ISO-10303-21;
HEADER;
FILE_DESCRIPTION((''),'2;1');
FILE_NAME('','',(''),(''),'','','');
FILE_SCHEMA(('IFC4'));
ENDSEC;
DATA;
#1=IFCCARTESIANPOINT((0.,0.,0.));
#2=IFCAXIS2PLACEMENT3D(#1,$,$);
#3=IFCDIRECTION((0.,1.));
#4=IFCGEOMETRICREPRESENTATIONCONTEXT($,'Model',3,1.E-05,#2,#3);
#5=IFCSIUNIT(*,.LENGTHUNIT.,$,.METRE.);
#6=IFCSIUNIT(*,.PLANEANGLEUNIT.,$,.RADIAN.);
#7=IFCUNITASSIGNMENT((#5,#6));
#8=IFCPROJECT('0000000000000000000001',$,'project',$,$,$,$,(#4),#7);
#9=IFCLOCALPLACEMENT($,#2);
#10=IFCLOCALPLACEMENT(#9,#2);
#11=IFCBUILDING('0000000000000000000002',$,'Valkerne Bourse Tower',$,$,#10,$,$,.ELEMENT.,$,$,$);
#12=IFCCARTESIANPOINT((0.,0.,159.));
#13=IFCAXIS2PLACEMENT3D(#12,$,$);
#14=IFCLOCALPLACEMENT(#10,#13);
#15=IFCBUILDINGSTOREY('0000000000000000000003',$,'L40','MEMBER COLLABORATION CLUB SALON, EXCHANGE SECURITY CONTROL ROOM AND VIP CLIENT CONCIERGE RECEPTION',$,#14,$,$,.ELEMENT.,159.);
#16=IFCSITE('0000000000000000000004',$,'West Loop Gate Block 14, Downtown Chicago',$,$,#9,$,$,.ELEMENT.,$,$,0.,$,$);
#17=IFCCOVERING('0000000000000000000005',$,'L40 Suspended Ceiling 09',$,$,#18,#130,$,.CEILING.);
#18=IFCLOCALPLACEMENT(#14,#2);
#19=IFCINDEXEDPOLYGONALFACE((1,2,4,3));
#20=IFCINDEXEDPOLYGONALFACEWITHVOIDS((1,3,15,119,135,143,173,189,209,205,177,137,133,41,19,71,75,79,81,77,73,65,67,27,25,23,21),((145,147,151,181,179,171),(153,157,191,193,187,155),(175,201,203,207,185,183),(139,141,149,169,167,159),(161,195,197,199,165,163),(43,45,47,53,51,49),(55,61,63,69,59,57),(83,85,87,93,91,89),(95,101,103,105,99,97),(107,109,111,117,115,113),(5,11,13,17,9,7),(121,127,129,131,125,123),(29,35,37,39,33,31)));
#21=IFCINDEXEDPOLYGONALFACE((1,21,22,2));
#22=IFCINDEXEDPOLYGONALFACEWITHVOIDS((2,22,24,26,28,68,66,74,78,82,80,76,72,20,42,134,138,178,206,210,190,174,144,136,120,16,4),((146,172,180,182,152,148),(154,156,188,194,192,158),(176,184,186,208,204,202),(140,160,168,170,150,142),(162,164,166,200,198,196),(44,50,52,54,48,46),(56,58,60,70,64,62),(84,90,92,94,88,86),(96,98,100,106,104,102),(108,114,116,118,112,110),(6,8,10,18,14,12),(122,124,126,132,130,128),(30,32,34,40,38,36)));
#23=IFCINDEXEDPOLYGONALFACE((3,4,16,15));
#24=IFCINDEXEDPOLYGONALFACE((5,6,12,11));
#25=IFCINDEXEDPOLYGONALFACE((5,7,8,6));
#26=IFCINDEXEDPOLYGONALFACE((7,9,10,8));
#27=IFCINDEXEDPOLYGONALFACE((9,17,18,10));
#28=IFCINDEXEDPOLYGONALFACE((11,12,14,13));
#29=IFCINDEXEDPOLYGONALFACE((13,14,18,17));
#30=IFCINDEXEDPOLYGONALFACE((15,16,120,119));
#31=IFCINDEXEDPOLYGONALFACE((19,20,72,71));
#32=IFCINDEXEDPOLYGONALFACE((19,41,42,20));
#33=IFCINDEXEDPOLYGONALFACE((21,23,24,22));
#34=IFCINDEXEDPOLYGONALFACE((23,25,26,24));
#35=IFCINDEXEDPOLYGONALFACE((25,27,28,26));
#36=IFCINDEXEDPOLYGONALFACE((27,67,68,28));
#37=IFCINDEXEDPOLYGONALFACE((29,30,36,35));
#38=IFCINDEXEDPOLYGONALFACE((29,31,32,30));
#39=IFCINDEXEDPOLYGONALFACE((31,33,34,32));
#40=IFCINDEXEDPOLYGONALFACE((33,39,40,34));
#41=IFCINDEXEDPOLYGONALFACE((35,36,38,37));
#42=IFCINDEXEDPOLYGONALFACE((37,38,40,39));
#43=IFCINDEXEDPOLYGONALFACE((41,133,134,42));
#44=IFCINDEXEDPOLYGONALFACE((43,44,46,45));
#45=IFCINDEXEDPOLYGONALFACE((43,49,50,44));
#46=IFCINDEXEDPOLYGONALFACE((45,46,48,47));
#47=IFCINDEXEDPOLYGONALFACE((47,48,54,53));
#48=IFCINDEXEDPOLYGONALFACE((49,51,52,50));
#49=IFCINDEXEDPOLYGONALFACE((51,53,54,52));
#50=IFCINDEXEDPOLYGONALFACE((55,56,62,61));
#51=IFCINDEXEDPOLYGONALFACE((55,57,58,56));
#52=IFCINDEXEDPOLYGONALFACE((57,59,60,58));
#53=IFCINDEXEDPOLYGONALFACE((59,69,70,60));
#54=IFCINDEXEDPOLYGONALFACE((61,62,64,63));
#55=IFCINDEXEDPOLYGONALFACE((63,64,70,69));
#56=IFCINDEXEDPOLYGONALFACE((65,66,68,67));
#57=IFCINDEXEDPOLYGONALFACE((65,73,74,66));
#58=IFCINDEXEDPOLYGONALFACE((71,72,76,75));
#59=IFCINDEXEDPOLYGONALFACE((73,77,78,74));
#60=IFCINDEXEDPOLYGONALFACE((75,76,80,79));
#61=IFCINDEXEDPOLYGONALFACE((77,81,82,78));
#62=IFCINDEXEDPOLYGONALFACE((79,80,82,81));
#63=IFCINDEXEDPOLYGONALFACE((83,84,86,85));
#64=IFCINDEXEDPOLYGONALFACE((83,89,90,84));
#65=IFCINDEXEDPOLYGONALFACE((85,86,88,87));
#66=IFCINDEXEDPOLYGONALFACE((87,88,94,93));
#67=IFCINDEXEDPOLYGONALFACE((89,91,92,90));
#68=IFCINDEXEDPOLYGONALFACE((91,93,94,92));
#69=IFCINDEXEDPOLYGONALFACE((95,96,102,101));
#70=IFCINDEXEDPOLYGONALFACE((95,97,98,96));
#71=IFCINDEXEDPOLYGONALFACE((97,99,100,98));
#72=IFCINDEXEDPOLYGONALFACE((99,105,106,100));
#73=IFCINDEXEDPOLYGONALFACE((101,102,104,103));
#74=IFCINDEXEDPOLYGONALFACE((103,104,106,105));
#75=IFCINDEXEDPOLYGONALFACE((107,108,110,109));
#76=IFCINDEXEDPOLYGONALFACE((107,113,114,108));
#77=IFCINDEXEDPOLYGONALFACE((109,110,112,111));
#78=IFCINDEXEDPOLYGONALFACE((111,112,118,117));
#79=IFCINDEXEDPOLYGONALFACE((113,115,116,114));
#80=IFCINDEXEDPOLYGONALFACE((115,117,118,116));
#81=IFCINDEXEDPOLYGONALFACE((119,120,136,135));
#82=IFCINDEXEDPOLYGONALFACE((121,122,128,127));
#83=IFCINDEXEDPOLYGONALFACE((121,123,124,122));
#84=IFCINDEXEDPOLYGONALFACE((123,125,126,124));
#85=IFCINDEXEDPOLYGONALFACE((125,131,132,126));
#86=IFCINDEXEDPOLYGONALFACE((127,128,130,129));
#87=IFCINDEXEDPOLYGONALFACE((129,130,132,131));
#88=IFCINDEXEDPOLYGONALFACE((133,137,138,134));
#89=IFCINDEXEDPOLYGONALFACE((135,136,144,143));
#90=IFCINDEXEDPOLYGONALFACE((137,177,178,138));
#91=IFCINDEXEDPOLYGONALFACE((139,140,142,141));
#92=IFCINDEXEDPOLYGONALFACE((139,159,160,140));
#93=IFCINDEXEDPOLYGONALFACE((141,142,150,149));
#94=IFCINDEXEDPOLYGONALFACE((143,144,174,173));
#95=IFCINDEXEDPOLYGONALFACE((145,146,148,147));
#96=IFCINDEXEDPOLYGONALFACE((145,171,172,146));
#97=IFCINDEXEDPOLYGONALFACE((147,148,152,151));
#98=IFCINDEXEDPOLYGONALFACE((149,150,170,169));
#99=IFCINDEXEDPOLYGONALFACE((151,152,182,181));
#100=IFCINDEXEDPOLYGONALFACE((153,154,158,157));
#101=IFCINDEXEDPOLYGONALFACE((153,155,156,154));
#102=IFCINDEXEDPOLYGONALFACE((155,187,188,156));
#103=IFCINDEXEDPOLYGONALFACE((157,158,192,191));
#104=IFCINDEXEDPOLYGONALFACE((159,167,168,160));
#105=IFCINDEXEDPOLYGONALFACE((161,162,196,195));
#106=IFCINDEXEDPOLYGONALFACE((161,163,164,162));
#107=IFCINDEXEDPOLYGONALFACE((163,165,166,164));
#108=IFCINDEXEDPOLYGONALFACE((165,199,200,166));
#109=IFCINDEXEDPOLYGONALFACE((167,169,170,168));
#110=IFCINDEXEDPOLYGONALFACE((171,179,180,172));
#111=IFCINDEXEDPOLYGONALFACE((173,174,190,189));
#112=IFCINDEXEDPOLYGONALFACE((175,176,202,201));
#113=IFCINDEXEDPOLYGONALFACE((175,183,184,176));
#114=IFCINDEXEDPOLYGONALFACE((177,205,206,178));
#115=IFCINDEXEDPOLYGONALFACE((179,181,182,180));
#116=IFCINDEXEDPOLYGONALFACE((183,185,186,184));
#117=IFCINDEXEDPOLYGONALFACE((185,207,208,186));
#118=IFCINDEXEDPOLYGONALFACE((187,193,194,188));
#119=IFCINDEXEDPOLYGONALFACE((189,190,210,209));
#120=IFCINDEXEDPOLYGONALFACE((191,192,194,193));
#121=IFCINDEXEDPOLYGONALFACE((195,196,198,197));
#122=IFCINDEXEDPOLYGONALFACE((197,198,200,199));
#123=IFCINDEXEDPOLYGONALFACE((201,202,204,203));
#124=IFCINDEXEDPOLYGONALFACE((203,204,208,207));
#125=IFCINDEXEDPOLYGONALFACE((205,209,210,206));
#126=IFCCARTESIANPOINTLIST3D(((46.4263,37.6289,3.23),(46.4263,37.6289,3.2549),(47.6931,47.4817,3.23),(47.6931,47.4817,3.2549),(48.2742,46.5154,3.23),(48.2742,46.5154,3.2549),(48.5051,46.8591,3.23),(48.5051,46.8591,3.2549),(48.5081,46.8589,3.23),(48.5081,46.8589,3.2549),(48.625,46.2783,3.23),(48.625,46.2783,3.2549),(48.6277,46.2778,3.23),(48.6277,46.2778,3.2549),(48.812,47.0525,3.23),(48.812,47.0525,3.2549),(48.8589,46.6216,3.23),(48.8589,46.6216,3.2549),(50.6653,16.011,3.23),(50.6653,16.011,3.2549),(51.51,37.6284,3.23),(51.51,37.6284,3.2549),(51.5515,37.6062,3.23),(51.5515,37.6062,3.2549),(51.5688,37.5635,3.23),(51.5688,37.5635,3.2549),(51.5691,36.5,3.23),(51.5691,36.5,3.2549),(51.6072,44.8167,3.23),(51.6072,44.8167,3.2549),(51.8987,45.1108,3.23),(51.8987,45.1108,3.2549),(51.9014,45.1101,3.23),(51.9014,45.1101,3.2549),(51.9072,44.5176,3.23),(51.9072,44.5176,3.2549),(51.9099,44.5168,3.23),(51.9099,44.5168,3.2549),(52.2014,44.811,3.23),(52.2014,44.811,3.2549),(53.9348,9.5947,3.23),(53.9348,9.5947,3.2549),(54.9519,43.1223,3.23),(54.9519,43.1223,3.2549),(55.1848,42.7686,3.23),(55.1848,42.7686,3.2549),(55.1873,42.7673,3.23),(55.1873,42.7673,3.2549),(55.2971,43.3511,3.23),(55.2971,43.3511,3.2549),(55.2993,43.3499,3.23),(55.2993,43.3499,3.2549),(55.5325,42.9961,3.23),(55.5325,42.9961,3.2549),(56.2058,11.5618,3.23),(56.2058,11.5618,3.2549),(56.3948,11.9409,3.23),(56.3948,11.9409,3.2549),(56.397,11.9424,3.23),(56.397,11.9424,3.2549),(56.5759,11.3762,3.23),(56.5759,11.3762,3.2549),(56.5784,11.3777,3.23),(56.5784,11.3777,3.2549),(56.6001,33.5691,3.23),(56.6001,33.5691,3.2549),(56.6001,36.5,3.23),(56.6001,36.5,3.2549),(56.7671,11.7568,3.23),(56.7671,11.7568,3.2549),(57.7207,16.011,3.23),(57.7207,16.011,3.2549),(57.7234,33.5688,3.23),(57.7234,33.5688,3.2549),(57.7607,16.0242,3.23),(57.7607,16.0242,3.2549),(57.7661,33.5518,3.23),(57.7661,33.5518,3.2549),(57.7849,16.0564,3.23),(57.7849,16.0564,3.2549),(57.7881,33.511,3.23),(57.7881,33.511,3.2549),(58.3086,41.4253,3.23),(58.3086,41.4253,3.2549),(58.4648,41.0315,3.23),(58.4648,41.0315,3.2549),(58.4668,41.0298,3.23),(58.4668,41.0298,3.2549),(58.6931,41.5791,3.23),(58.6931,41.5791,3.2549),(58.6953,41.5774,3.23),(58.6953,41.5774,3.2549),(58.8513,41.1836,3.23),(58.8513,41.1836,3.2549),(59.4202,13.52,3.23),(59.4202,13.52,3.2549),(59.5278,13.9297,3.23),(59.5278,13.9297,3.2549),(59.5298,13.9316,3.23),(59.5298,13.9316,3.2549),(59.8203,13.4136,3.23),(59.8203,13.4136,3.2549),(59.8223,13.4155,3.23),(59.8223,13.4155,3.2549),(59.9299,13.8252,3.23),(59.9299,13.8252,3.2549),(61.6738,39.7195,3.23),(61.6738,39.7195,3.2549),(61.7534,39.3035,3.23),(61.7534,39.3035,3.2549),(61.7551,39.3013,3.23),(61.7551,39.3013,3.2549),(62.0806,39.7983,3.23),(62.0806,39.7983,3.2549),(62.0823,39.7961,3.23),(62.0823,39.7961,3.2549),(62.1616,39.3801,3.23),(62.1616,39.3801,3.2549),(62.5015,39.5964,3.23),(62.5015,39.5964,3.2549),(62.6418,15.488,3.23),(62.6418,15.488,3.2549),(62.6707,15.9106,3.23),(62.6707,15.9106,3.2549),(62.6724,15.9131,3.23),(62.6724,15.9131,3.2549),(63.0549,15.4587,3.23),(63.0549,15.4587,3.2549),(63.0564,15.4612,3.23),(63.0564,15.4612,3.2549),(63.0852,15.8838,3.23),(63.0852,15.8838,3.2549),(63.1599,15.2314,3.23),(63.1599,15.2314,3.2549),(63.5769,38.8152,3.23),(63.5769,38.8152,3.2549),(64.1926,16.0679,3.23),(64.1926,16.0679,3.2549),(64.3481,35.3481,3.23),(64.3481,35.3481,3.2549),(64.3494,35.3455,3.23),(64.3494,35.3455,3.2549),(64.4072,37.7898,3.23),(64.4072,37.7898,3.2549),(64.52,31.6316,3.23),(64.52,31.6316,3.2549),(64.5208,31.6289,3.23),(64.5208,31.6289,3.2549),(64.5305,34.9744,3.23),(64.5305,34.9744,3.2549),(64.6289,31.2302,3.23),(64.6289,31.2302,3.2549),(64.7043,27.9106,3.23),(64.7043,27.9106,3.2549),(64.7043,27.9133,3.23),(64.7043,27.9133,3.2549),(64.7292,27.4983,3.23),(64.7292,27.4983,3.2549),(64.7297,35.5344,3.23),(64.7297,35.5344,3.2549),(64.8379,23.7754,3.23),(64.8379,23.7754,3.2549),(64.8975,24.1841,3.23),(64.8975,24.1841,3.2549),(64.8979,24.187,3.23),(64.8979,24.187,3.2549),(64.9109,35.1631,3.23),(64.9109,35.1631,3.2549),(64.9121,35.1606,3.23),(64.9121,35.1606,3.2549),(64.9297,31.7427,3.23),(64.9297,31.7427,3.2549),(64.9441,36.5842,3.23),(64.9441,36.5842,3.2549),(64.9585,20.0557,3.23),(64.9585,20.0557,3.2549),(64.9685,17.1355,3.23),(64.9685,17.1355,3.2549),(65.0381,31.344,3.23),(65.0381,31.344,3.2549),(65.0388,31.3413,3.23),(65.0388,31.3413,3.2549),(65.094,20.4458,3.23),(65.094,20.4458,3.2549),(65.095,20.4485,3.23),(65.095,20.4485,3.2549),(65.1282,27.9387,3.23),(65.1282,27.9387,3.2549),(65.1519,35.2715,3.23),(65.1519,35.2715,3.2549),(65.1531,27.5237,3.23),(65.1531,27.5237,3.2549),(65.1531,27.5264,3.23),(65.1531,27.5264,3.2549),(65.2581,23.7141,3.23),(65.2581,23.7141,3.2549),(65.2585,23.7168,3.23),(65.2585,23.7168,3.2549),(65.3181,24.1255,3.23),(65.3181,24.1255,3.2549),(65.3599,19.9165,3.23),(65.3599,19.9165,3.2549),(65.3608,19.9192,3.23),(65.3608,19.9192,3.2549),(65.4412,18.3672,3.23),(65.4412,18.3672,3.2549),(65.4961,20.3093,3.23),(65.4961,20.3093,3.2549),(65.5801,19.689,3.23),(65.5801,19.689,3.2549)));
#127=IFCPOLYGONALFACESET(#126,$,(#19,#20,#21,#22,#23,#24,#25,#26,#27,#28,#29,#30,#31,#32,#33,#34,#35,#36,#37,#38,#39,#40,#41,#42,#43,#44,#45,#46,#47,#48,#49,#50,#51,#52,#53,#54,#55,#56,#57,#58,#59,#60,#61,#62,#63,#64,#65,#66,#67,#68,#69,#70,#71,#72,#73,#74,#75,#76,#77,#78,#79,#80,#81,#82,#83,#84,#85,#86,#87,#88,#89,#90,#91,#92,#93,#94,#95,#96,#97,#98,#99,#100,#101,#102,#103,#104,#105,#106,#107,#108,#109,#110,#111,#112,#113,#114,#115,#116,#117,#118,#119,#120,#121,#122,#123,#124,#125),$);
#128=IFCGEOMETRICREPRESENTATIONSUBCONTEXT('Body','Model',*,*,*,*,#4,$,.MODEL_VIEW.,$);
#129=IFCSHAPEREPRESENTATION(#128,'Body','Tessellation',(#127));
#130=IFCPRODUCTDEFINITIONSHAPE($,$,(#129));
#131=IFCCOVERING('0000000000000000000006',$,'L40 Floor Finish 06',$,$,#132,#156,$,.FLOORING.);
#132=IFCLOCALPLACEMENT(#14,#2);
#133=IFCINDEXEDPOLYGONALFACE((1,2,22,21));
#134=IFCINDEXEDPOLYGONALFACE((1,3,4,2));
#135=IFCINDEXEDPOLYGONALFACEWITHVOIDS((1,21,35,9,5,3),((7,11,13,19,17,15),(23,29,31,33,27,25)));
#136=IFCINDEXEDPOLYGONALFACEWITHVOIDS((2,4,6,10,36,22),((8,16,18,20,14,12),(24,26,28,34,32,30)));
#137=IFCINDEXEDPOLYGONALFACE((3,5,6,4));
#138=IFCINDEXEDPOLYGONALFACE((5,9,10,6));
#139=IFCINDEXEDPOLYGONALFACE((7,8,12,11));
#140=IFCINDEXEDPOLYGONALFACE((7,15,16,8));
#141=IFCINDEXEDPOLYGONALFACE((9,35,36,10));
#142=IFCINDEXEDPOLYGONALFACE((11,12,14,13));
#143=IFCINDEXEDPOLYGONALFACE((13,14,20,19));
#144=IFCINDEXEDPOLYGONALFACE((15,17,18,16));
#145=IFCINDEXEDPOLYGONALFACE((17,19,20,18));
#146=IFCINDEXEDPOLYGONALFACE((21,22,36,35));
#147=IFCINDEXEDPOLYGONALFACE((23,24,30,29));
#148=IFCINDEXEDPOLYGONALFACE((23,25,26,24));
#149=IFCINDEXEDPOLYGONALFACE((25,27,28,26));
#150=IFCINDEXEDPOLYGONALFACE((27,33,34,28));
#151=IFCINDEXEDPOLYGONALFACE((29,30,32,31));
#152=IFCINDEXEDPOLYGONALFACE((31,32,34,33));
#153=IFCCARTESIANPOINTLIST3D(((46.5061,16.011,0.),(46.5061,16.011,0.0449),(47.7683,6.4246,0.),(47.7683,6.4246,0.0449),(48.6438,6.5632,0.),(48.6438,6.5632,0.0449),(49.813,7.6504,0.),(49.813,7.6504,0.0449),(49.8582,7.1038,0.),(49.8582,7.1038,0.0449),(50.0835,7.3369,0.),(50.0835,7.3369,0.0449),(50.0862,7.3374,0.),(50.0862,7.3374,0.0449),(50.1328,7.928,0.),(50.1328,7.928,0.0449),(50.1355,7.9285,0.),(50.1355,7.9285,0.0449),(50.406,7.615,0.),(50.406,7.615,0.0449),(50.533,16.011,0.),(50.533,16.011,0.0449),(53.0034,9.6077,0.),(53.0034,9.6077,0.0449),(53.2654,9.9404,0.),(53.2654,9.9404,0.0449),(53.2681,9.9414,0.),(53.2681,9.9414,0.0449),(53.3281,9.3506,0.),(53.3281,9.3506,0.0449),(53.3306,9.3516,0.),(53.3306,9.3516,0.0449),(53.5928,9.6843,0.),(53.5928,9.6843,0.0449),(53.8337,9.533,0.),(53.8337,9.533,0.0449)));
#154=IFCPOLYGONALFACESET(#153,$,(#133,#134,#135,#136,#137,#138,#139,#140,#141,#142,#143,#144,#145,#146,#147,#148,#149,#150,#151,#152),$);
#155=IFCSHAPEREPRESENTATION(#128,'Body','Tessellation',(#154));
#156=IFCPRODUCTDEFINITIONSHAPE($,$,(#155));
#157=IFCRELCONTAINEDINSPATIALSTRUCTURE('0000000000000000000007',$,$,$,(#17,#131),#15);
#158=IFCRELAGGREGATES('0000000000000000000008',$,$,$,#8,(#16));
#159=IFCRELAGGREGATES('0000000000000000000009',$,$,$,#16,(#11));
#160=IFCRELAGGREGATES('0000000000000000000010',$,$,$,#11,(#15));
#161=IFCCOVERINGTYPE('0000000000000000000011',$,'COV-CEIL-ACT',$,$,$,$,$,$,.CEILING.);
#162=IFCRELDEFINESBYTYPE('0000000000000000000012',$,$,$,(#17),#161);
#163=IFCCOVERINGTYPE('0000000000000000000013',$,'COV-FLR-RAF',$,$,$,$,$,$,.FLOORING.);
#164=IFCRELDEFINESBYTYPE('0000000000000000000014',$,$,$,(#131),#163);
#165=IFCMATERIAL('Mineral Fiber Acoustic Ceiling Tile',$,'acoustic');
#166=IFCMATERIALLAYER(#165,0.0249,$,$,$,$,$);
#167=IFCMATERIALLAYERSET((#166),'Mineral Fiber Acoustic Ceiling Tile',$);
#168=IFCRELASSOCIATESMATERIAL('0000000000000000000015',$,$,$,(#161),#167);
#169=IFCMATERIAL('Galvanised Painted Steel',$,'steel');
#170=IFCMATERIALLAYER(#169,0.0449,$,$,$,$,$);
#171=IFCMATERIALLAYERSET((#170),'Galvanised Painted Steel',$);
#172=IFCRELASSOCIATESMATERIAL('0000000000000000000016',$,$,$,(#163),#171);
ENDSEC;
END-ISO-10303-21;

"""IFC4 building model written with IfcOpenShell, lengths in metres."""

from ifc_helpers import new_model, si_unit, direction, frame, origin, place, context, subcontext, project, spatial, polyline, outline, extrude, material, layer, layer_set, type_object, element, save


model = new_model("IFC4")

# Units and contexts
model_context = context("Model", 3, precision=1e-05, world=origin(), true_north=direction((0.0, 1.0)))
body_context = subcontext(model_context, "Body", "Model", "MODEL_VIEW")
ifc_project = project(units=[si_unit("LENGTHUNIT", "METRE"), si_unit("PLANEANGLEUNIT", "RADIAN")], contexts=[model_context])

# Site, building, storey
site_placement = place(None, origin())
site = spatial("IfcSite", under=ifc_project, at=site_placement, Name="West Loop Gate Block 14, Downtown Chicago", CompositionType="ELEMENT", RefElevation=0.0)
building_placement = place(site_placement, origin())
building = spatial("IfcBuilding", under=site, at=building_placement, Name="Valkerne Bourse Tower", CompositionType="ELEMENT")
storey_placement = place(building_placement, frame((0.0, 0.0, 159.0)))
storey = spatial("IfcBuildingStorey", under=building, at=storey_placement, Name="L40", Description="MEMBER COLLABORATION CLUB SALON, EXCHANGE SECURITY CONTROL ROOM AND VIP CLIENT CONCIERGE RECEPTION", CompositionType="ELEMENT", Elevation=159.0)

# Coverings
ifc_material_1 = material(Name="Mineral Fiber Acoustic Ceiling Tile", Category="acoustic")
ifc_layer_1 = layer(ifc_material_1, 0.0249)
ifc_layer_set_1 = layer_set([ifc_layer_1], Name="Mineral Fiber Acoustic Ceiling Tile")
covering_type_1 = type_object("IfcCoveringType", Name="COV-CEIL-ACT", PredefinedType="CEILING", material=ifc_layer_set_1)
covering_1_placement = place(storey_placement, frame((0.0, 0.0, 3.23)))
element("IfcCovering", 1, at=covering_1_placement, inside=storey, type_object=covering_type_1, Name="L40 Suspended Ceiling 09", PredefinedType="CEILING", context=body_context, shape_type="SweptSolid", body=[
    extrude(outline(polyline([(64.1926, 16.0679), (63.1599, 15.2314), (53.9348, 9.5947), (50.6653, 16.011), (57.7207, 16.011), (57.7607, 16.0242), (57.7849, 16.0564), (57.7881, 33.511), (57.7661, 33.5518), (57.7234, 33.5688), (56.6001, 33.5691), (56.6001, 36.5), (51.5691, 36.5), (51.5688, 37.5635), (51.5515, 37.6062), (51.51, 37.6284), (46.4263, 37.6289), (47.6931, 47.4817), (48.812, 47.0525), (62.5015, 39.5964), (63.5769, 38.8152), (64.4072, 37.7898), (64.9441, 36.5842), (65.1519, 35.2715), (65.5801, 19.689), (65.4412, 18.3672), (64.9685, 17.1355), (64.1926, 16.0679)]), holes=[polyline([(51.9014, 45.1101), (51.8987, 45.1108), (51.6072, 44.8167), (51.9072, 44.5176), (51.9099, 44.5168), (52.2014, 44.811), (51.9014, 45.1101)]), polyline([(48.5081, 46.8589), (48.5051, 46.8591), (48.2742, 46.5154), (48.625, 46.2783), (48.6277, 46.2778), (48.8589, 46.6216), (48.5081, 46.8589)]), polyline([(56.5784, 11.3777), (56.7671, 11.7568), (56.397, 11.9424), (56.3948, 11.9409), (56.2058, 11.5618), (56.5759, 11.3762), (56.5784, 11.3777)]), polyline([(59.8223, 13.4155), (59.9299, 13.8252), (59.5298, 13.9316), (59.5278, 13.9297), (59.4202, 13.52), (59.8203, 13.4136), (59.8223, 13.4155)]), polyline([(63.0852, 15.8838), (62.6724, 15.9131), (62.6707, 15.9106), (62.6418, 15.488), (63.0549, 15.4587), (63.0564, 15.4612), (63.0852, 15.8838)]), polyline([(65.4961, 20.3093), (65.095, 20.4485), (65.094, 20.4458), (64.9585, 20.0557), (65.3599, 19.9165), (65.3608, 19.9192), (65.4961, 20.3093)]), polyline([(65.3181, 24.1255), (64.8979, 24.187), (64.8975, 24.1841), (64.8379, 23.7754), (65.2581, 23.7141), (65.2585, 23.7168), (65.3181, 24.1255)]), polyline([(65.1531, 27.5237), (65.1531, 27.5264), (65.1282, 27.9387), (64.7043, 27.9133), (64.7043, 27.9106), (64.7292, 27.4983), (65.1531, 27.5237)]), polyline([(65.0388, 31.3413), (65.0381, 31.344), (64.9297, 31.7427), (64.52, 31.6316), (64.5208, 31.6289), (64.6289, 31.2302), (65.0388, 31.3413)]), polyline([(64.9121, 35.1606), (64.9109, 35.1631), (64.7297, 35.5344), (64.3481, 35.3481), (64.3494, 35.3455), (64.5305, 34.9744), (64.9121, 35.1606)]), polyline([(62.1616, 39.3801), (62.0823, 39.7961), (62.0806, 39.7983), (61.6738, 39.7195), (61.7534, 39.3035), (61.7551, 39.3013), (62.1616, 39.3801)]), polyline([(58.6953, 41.5774), (58.6931, 41.5791), (58.3086, 41.4253), (58.4648, 41.0315), (58.4668, 41.0298), (58.8513, 41.1836), (58.6953, 41.5774)]), polyline([(55.5325, 42.9961), (55.2993, 43.3499), (55.2971, 43.3511), (54.9519, 43.1223), (55.1848, 42.7686), (55.1873, 42.7673), (55.5325, 42.9961)])]), origin(), (0.0, 0.0, 1.0), 0.0249),
])
ifc_material_2 = material(Name="Galvanised Painted Steel", Category="steel")
ifc_layer_2 = layer(ifc_material_2, 0.0449)
ifc_layer_set_2 = layer_set([ifc_layer_2], Name="Galvanised Painted Steel")
covering_type_2 = type_object("IfcCoveringType", Name="COV-FLR-RAF", PredefinedType="FLOORING", material=ifc_layer_set_2)
covering_2_placement = place(storey_placement, origin())
element("IfcCovering", 2, at=covering_2_placement, inside=storey, type_object=covering_type_2, Name="L40 Floor Finish 06", PredefinedType="FLOORING", context=body_context, shape_type="SweptSolid", body=[
    extrude(outline(polyline([(47.7683, 6.4246), (46.5061, 16.011), (50.533, 16.011), (53.8337, 9.533), (49.8582, 7.1038), (48.6438, 6.5632), (47.7683, 6.4246)]), holes=[polyline([(50.406, 7.615), (50.1355, 7.9285), (50.1328, 7.928), (49.813, 7.6504), (50.0835, 7.3369), (50.0862, 7.3374), (50.406, 7.615)]), polyline([(53.5928, 9.6843), (53.2681, 9.9414), (53.2654, 9.9404), (53.0034, 9.6077), (53.3281, 9.3506), (53.3306, 9.3516), (53.5928, 9.6843)])]), origin(), (0.0, 0.0, 1.0), 0.0449),
])

save(model, "model.ifc")
